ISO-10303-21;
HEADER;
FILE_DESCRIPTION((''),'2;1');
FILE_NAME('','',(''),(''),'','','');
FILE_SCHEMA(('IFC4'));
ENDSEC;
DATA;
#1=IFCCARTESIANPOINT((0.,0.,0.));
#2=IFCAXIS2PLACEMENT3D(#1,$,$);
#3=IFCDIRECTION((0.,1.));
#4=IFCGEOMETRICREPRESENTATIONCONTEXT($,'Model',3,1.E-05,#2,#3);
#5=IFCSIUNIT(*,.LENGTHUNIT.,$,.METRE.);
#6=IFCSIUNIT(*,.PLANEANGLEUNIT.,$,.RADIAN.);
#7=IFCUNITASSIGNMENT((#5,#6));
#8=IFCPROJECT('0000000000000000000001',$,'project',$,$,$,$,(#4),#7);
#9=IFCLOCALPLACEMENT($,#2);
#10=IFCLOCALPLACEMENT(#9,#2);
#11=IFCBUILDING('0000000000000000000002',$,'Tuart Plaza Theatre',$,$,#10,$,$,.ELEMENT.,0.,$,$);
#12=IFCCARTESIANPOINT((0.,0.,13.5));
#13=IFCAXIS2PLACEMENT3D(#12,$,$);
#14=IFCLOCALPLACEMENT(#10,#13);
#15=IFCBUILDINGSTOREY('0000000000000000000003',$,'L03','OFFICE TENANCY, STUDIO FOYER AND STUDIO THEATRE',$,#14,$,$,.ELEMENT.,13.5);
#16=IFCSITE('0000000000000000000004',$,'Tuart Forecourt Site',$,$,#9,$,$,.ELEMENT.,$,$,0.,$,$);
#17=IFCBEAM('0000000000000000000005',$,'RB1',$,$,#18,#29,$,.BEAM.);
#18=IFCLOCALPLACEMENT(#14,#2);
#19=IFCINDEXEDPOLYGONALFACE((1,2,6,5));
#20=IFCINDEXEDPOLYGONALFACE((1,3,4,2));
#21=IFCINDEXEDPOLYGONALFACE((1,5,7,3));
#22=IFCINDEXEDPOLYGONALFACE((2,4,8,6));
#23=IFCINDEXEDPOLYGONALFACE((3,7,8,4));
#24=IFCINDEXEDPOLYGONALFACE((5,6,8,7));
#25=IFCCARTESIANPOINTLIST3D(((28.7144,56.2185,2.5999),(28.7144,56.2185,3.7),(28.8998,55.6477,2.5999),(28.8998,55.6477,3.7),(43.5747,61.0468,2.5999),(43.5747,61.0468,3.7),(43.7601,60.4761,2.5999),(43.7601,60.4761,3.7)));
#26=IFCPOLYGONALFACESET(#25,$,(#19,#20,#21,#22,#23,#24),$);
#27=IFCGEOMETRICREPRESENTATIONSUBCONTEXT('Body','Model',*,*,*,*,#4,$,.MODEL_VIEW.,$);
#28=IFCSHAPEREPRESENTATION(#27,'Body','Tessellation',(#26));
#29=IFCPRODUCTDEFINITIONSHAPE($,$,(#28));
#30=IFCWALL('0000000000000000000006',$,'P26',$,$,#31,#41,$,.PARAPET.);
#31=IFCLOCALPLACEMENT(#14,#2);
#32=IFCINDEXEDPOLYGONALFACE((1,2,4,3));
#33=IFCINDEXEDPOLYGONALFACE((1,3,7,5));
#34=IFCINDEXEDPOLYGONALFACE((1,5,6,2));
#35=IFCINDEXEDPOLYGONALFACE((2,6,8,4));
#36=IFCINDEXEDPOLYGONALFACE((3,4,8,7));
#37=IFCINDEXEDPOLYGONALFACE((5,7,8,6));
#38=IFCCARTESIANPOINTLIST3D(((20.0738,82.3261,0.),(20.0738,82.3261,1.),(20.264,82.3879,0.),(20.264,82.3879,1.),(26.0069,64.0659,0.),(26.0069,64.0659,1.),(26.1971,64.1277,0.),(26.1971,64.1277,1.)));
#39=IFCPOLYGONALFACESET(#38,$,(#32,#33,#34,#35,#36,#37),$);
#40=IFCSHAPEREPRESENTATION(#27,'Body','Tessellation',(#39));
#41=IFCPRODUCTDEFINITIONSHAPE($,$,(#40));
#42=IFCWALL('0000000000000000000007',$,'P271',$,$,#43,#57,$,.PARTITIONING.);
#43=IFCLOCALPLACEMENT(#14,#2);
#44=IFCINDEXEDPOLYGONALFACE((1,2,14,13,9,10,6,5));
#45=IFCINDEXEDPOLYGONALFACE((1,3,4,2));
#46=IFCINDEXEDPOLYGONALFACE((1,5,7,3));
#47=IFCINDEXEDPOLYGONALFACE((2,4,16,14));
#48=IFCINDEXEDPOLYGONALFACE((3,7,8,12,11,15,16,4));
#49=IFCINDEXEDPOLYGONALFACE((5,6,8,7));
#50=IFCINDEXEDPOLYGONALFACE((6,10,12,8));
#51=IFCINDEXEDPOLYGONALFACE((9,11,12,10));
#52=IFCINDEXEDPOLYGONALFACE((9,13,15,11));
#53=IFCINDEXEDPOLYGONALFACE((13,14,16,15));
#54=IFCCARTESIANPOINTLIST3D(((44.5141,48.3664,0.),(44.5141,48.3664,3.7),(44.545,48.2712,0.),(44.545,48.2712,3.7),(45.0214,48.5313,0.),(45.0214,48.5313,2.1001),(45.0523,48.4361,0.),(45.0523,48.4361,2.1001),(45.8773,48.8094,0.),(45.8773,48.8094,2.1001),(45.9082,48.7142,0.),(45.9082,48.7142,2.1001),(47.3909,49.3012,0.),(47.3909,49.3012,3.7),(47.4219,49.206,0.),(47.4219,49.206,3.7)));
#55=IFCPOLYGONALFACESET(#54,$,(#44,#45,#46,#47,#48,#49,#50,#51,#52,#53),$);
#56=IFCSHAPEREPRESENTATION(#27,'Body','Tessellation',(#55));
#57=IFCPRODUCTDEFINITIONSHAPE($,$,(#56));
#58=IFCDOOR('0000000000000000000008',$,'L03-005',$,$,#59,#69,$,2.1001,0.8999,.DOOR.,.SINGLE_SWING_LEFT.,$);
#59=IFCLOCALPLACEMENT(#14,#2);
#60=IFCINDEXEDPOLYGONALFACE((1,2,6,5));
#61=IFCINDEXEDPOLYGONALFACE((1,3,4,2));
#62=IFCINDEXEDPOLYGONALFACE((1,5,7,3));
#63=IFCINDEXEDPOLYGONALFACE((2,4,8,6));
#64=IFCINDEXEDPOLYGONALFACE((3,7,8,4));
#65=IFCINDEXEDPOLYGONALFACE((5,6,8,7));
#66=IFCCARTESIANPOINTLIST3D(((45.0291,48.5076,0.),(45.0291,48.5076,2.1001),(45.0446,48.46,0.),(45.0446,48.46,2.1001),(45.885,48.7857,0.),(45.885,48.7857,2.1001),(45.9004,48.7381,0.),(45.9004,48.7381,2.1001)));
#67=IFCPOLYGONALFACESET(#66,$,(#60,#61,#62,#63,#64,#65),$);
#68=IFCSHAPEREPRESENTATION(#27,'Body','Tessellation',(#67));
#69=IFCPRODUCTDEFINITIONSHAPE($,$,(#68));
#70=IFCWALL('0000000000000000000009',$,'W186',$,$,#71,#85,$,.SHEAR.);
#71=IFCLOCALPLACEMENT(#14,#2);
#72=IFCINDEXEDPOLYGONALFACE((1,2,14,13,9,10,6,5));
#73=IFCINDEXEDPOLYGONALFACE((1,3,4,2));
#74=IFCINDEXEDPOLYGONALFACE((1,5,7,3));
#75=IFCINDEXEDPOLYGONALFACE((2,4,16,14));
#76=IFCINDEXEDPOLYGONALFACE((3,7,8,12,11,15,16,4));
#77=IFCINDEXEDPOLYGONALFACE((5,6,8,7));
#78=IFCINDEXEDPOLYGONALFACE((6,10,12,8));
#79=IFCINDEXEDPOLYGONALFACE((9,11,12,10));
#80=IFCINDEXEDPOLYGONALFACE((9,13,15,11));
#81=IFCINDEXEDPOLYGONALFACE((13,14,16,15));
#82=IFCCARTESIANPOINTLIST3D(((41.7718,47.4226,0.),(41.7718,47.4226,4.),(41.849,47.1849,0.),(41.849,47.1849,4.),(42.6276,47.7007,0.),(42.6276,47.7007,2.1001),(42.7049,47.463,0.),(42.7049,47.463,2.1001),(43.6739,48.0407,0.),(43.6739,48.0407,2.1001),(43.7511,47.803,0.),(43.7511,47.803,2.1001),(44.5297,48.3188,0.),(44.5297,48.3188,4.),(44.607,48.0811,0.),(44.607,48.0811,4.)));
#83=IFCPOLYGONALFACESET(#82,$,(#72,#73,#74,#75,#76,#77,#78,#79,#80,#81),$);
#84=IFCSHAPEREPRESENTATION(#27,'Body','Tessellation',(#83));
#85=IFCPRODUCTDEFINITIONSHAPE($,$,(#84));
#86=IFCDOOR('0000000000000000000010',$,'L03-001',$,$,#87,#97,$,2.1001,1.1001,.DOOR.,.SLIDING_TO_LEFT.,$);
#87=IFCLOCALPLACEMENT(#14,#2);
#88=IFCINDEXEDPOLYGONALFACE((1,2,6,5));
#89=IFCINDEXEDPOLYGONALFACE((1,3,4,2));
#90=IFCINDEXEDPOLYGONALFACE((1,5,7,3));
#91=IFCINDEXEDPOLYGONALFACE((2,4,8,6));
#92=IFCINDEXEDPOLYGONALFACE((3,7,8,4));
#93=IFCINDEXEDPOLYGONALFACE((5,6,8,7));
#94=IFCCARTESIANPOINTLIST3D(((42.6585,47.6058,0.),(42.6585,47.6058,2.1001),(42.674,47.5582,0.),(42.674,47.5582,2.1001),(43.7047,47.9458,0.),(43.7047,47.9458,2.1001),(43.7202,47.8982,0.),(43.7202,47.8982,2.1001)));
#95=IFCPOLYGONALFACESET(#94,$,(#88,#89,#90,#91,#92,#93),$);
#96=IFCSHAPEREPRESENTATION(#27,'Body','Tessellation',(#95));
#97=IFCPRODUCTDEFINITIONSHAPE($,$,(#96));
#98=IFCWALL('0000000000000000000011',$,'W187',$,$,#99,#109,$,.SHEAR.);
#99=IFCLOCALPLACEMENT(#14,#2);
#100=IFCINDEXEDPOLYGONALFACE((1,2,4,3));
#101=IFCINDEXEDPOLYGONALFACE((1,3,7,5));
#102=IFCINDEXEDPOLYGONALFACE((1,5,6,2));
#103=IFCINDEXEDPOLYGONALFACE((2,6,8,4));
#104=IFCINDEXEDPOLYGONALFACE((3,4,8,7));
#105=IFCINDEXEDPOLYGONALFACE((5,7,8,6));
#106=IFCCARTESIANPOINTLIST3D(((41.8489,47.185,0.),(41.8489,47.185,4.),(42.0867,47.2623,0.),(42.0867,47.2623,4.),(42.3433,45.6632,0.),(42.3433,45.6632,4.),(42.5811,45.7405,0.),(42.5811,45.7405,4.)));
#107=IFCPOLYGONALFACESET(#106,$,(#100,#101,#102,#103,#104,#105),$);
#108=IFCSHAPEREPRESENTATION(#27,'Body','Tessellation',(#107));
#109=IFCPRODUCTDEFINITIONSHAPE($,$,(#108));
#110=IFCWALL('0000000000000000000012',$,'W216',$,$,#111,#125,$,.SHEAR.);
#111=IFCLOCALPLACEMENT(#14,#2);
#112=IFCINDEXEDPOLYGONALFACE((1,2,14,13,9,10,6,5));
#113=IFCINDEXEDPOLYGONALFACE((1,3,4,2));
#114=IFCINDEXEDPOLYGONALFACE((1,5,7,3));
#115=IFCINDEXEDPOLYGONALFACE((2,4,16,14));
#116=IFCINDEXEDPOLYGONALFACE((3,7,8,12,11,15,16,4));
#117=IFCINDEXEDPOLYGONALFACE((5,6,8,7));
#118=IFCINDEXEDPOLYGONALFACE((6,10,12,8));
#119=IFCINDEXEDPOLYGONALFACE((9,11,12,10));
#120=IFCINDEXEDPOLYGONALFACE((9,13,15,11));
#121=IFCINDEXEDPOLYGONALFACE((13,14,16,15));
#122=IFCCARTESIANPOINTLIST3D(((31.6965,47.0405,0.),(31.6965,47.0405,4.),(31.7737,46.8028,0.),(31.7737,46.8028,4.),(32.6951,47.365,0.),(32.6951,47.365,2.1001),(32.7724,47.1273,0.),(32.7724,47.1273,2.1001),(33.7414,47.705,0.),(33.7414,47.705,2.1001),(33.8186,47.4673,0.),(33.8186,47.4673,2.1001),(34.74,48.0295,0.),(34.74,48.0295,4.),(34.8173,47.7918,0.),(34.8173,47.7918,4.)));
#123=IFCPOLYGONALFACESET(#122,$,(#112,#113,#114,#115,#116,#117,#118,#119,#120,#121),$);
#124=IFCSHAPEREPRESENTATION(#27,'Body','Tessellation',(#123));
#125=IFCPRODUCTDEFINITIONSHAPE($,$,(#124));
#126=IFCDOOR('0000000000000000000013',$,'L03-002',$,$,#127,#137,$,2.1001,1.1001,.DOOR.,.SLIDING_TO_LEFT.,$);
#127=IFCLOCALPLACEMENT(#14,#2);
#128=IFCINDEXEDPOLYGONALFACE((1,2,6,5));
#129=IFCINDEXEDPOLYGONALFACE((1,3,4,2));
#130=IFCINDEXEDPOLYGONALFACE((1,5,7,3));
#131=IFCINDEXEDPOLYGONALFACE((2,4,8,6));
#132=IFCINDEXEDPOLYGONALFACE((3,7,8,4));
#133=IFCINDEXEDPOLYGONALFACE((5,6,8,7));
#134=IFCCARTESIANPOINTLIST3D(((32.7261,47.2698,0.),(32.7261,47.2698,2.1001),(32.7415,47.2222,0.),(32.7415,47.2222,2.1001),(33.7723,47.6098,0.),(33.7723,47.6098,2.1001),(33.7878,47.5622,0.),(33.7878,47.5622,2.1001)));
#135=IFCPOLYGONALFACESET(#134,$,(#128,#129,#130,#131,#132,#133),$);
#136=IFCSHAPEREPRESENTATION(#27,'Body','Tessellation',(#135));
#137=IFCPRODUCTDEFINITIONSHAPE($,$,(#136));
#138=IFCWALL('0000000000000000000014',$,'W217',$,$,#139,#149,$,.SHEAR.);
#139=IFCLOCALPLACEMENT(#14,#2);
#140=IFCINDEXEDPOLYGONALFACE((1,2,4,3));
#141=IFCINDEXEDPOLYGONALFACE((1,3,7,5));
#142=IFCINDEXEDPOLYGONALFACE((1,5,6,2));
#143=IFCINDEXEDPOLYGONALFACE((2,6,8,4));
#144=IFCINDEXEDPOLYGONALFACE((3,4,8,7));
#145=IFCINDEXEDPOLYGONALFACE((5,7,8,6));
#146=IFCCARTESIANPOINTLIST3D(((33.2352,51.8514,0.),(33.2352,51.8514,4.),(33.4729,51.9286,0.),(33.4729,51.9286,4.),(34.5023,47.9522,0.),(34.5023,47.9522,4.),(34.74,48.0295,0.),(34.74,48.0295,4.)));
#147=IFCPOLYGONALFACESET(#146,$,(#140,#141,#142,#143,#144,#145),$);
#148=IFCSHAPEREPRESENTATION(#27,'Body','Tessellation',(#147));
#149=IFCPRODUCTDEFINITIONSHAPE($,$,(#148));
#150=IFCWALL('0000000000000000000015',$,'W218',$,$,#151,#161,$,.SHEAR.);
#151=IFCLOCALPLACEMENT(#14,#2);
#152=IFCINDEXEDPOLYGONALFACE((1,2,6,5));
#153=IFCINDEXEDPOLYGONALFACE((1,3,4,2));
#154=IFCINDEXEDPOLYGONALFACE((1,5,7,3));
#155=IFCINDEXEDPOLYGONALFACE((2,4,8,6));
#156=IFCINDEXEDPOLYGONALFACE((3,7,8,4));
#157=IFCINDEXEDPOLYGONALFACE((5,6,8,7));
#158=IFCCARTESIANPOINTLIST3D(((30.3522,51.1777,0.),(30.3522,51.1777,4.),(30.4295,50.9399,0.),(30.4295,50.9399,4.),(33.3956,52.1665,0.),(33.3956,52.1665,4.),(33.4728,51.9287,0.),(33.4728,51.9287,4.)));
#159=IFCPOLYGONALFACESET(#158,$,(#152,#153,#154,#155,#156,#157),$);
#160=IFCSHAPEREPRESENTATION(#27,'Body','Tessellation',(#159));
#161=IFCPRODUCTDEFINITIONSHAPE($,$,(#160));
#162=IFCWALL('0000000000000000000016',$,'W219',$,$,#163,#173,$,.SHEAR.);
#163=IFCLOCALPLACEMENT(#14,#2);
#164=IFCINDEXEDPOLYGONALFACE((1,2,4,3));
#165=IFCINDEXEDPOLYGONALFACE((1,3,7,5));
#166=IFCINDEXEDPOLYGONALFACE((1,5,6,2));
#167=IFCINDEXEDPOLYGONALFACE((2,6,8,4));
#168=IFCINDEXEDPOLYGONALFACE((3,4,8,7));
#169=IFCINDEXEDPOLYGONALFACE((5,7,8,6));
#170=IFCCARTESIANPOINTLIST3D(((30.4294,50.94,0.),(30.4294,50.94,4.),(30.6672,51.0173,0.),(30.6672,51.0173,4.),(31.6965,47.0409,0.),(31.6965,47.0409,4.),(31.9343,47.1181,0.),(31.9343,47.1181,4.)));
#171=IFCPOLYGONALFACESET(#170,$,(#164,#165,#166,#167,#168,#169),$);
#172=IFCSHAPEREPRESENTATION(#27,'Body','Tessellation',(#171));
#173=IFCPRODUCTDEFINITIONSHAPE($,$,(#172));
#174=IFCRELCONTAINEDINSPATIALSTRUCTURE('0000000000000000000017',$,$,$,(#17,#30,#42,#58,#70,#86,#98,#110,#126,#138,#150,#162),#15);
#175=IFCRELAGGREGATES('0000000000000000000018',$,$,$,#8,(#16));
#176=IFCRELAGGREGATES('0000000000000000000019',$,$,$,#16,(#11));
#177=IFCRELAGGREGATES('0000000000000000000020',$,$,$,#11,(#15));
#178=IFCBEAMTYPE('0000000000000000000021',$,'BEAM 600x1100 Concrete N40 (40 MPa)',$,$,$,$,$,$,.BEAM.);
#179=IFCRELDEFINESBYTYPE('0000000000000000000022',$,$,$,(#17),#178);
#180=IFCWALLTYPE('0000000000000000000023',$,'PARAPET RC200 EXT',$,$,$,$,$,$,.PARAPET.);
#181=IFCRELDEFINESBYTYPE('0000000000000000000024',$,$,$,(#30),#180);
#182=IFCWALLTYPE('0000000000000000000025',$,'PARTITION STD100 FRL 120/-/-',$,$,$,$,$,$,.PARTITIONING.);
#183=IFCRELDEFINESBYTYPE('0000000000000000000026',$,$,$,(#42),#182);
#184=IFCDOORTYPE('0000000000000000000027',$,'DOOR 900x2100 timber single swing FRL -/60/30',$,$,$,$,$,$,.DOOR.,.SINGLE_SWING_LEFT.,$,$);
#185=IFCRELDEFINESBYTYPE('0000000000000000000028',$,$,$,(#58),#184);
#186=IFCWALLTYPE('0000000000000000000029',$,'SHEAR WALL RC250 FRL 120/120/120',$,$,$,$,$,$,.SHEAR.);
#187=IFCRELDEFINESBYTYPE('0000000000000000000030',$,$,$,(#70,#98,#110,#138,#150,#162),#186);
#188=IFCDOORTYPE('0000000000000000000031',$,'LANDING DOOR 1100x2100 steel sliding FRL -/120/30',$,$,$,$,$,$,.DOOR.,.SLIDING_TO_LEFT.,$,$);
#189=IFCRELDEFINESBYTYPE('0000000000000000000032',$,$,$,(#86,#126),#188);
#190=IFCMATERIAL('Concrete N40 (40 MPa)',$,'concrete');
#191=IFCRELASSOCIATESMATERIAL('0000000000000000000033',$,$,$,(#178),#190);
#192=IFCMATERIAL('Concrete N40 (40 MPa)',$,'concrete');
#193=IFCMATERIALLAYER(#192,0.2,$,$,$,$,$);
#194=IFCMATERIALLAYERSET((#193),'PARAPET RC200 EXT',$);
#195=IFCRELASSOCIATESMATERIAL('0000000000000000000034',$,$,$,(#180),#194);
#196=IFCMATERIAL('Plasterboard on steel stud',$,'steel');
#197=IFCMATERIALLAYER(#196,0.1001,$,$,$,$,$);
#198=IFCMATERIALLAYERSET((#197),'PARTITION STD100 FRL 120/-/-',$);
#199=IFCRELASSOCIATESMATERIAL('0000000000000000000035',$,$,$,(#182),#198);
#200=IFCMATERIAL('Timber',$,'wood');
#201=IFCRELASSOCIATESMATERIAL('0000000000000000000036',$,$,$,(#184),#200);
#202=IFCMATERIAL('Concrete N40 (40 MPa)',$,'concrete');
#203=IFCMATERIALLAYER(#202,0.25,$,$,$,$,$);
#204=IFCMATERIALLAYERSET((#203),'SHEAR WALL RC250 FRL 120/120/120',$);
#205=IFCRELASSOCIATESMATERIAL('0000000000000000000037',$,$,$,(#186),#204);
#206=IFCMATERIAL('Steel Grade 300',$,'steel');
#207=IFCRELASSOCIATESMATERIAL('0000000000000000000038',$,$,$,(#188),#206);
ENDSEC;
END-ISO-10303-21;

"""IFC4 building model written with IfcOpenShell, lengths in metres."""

from ifc_helpers import new_model, si_unit, direction, frame, frame_2d, origin, origin_2d, place, context, subcontext, project, spatial, rectangle, extrude, material, layer, layer_set, material_profile, profile_set, type_object, element, fill, save


model = new_model("IFC4")

# Units and contexts
model_context = context("Model", 3, precision=1e-05, world=origin(), true_north=direction((0.0, 1.0)))
body_context = subcontext(model_context, "Body", "Model", "MODEL_VIEW")
ifc_project = project(units=[si_unit("LENGTHUNIT", "METRE"), si_unit("PLANEANGLEUNIT", "RADIAN")], contexts=[model_context])

# Site, building, storey
site_placement = place(None, origin())
site = spatial("IfcSite", under=ifc_project, at=site_placement, Name="Tuart Forecourt Site", CompositionType="ELEMENT", RefElevation=0.0)
building_placement = place(site_placement, origin())
building = spatial("IfcBuilding", under=site, at=building_placement, Name="Tuart Plaza Theatre", CompositionType="ELEMENT", ElevationOfRefHeight=0.0)
storey_placement = place(building_placement, frame((0.0, 0.0, 13.5)))
storey = spatial("IfcBuildingStorey", under=building, at=storey_placement, Name="L03", Description="OFFICE TENANCY, STUDIO FOYER AND STUDIO THEATRE", CompositionType="ELEMENT", Elevation=13.5)

# Beam
ifc_material_1 = material(Name="Concrete N40 (40 MPa)", Category="concrete")
ifc_material_profile_1 = material_profile(ifc_material_1, rectangle(XDim=0.6001, YDim=1.1001, at=origin_2d()), Name="BEAM 600x1100 Concrete N40 (40 MPa)")
ifc_profile_set_1 = profile_set([ifc_material_profile_1], Name="Concrete N40 (40 MPa)")
beam_type_1 = type_object("IfcBeamType", Name="BEAM 600x1100 Concrete N40 (40 MPa)", PredefinedType="BEAM", material=ifc_profile_set_1)
beam_placement = place(storey_placement, frame((28.8071, 55.9331, 3.1499), z_axis=(0.951057, 0.309014, 0.0), x_axis=(-0.309014, 0.951057, 0.0)))
element("IfcBeam", 1, at=beam_placement, inside=storey, type_object=beam_type_1, Name="RB1", PredefinedType="BEAM", context=body_context, shape_type="SweptSolid", body=[
    extrude(rectangle(XDim=0.6001, YDim=1.1001, at=origin_2d()), origin(), (0.0, 0.0, 1.0), 15.625),
])

# Wall
ifc_material_2 = material(Name="Concrete N40 (40 MPa)", Category="concrete")
ifc_layer_1 = layer(ifc_material_2, 0.2)
ifc_layer_set_1 = layer_set([ifc_layer_1], Name="PARAPET RC200 EXT")
wall_type_1 = type_object("IfcWallType", Name="PARAPET RC200 EXT", PredefinedType="PARAPET", material=ifc_layer_set_1)
wall_1_placement = place(storey_placement, frame((26.1021, 64.0967, 0.0), z_axis=(0.0, 0.0, 1.0), x_axis=(-0.309016, 0.951057, 0.0)))
element("IfcWall", 2, at=wall_1_placement, inside=storey, type_object=wall_type_1, Name="P26", PredefinedType="PARAPET", context=body_context, shape_type="SweptSolid", body=[
    extrude(rectangle(XDim=19.2, YDim=0.2, at=frame_2d((9.6001, 0.0))), origin(), (0.0, 0.0, 1.0), 1.0),
])

# Walls, openings, doors
ifc_material_3 = material(Name="Plasterboard on steel stud", Category="steel")
ifc_layer_2 = layer(ifc_material_3, 0.1001)
ifc_layer_set_2 = layer_set([ifc_layer_2], Name="PARTITION STD100 FRL 120/-/-")
wall_type_2 = type_object("IfcWallType", Name="PARTITION STD100 FRL 120/-/-", PredefinedType="PARTITIONING", material=ifc_layer_set_2)
wall_2_placement = place(storey_placement, frame((44.5295, 48.3188, 0.0), z_axis=(0.0, 0.0, 1.0), x_axis=(0.951053, 0.309028, 0.0)))
wall_2 = element("IfcWall", 3, at=wall_2_placement, inside=storey, type_object=wall_type_2, Name="P271", PredefinedType="PARTITIONING", context=body_context, shape_type="SweptSolid", body=[
    extrude(rectangle(XDim=3.0249, YDim=0.1001, at=frame_2d((1.5125, 0.0))), origin(), (0.0, 0.0, 1.0), 3.7),
])
opening_1_placement = place(wall_2_placement, frame((0.5334, 0.0, 0.0)))
opening_1 = element("IfcOpeningElement", 4, at=opening_1_placement, cuts=wall_2, PredefinedType="OPENING", context=body_context, shape_type="SweptSolid", body=[
    extrude(rectangle(XDim=0.8999, YDim=2.1001, at=frame_2d((0.45, 1.05))), frame((0.0, 0.0601, 0.0), z_axis=(0.0, -1.0, 0.0), x_axis=(1.0, 0.0, 0.0)), (0.0, 0.0, 1.0), 0.1201),
])
ifc_material_4 = material(Name="Timber", Category="wood")
door_type_1 = type_object("IfcDoorType", Name="DOOR 900x2100 timber single swing FRL -/60/30", OperationType="SINGLE_SWING_LEFT", PredefinedType="DOOR", material=ifc_material_4)
door_1_placement = place(opening_1_placement, frame((0.8999, 0.0, 0.0), z_axis=(0.0, 0.0, 1.0), x_axis=(-1.0, 0.0, 0.0)))
door_1 = element("IfcDoor", 5, at=door_1_placement, inside=storey, type_object=door_type_1, Name="L03-005", OperationType="SINGLE_SWING_LEFT", OverallHeight=2.1001, OverallWidth=0.8999, PredefinedType="DOOR", context=body_context, shape_type="SweptSolid", body=[
    extrude(rectangle(XDim=0.8999, YDim=2.1001, at=frame_2d((0.45, 1.05))), frame((0.0, 0.0249, 0.0), z_axis=(0.0, -1.0, 0.0), x_axis=(1.0, 0.0, 0.0)), (0.0, 0.0, 1.0), 0.05),
])
fill(opening_1, door_1)
ifc_material_5 = material(Name="Concrete N40 (40 MPa)", Category="concrete")
ifc_layer_3 = layer(ifc_material_5, 0.25)
ifc_layer_set_3 = layer_set([ifc_layer_3], Name="SHEAR WALL RC250 FRL 120/120/120")
wall_type_3 = type_object("IfcWallType", Name="SHEAR WALL RC250 FRL 120/120/120", PredefinedType="SHEAR", material=ifc_layer_set_3)
wall_3_placement = place(storey_placement, frame((44.5684, 48.2, 0.0), z_axis=(0.0, 0.0, 1.0), x_axis=(-0.951047, -0.309046, 0.0)))
wall_3 = element("IfcWall", 6, at=wall_3_placement, inside=storey, type_object=wall_type_3, Name="W186", PredefinedType="SHEAR", context=body_context, shape_type="SweptSolid", body=[
    extrude(rectangle(XDim=2.8999, YDim=0.25, at=frame_2d((1.45, 0.0))), origin(), (0.0, 0.0, 1.0), 4.0),
])
opening_2_placement = place(wall_3_placement, frame((0.8999, 0.0, 0.0)))
opening_2 = element("IfcOpeningElement", 7, at=opening_2_placement, cuts=wall_3, PredefinedType="OPENING", context=body_context, shape_type="SweptSolid", body=[
    extrude(rectangle(XDim=1.1001, YDim=2.1001, at=frame_2d((0.55, 1.05))), frame((0.0, 0.135, 0.0), z_axis=(0.0, -1.0, 0.0), x_axis=(1.0, 0.0, 0.0)), (0.0, 0.0, 1.0), 0.27),
])
ifc_material_6 = material(Name="Steel Grade 300", Category="steel")
door_type_2 = type_object("IfcDoorType", Name="LANDING DOOR 1100x2100 steel sliding FRL -/120/30", OperationType="SLIDING_TO_LEFT", PredefinedType="DOOR", material=ifc_material_6)
door_2_placement = place(opening_2_placement, origin())
door_2 = element("IfcDoor", 8, at=door_2_placement, inside=storey, type_object=door_type_2, Name="L03-001", OperationType="SLIDING_TO_LEFT", OverallHeight=2.1001, OverallWidth=1.1001, PredefinedType="DOOR", context=body_context, shape_type="SweptSolid", body=[
    extrude(rectangle(XDim=1.1001, YDim=2.1001, at=frame_2d((0.55, 1.05))), frame((0.0, 0.0249, 0.0), z_axis=(0.0, -1.0, 0.0), x_axis=(1.0, 0.0, 0.0)), (0.0, 0.0, 1.0), 0.05),
])
fill(opening_2, door_2)

# Wall
wall_4_placement = place(storey_placement, frame((41.9678, 47.2236, 0.0), z_axis=(0.0, 0.0, 1.0), x_axis=(0.308986, -0.951067, 0.0)))
element("IfcWall", 9, at=wall_4_placement, inside=storey, type_object=wall_type_3, Name="W187", PredefinedType="SHEAR", context=body_context, shape_type="SweptSolid", body=[
    extrude(rectangle(XDim=1.6001, YDim=0.25, at=frame_2d((0.8, 0.0))), origin(), (0.0, 0.0, 1.0), 4.0),
])

# Wall, opening, door
wall_5_placement = place(storey_placement, frame((31.7351, 46.9216, 0.0), z_axis=(0.0, 0.0, 1.0), x_axis=(0.951044, 0.309055, 0.0)))
wall_5 = element("IfcWall", 10, at=wall_5_placement, inside=storey, type_object=wall_type_3, Name="W216", PredefinedType="SHEAR", context=body_context, shape_type="SweptSolid", body=[
    extrude(rectangle(XDim=3.2002, YDim=0.25, at=frame_2d((1.6001, 0.0))), origin(), (0.0, 0.0, 1.0), 4.0),
])
opening_3_placement = place(wall_5_placement, frame((1.05, 0.0, 0.0)))
opening_3 = element("IfcOpeningElement", 11, at=opening_3_placement, cuts=wall_5, PredefinedType="OPENING", context=body_context, shape_type="SweptSolid", body=[
    extrude(rectangle(XDim=1.1001, YDim=2.1001, at=frame_2d((0.55, 1.05))), frame((0.0, 0.135, 0.0), z_axis=(0.0, -1.0, 0.0), x_axis=(1.0, 0.0, 0.0)), (0.0, 0.0, 1.0), 0.27),
])
door_3_placement = place(opening_3_placement, origin())
door_3 = element("IfcDoor", 12, at=door_3_placement, inside=storey, type_object=door_type_2, Name="L03-002", OperationType="SLIDING_TO_LEFT", OverallHeight=2.1001, OverallWidth=1.1001, PredefinedType="DOOR", context=body_context, shape_type="SweptSolid", body=[
    extrude(rectangle(XDim=1.1001, YDim=2.1001, at=frame_2d((0.55, 1.05))), frame((0.0, 0.0249, 0.0), z_axis=(0.0, -1.0, 0.0), x_axis=(1.0, 0.0, 0.0)), (0.0, 0.0, 1.0), 0.05),
])
fill(opening_3, door_3)

# Walls
wall_6_placement = place(storey_placement, frame((34.6211, 47.991, 0.0), z_axis=(0.0, 0.0, 1.0), x_axis=(-0.309055, 0.951044, 0.0)))
element("IfcWall", 13, at=wall_6_placement, inside=storey, type_object=wall_type_3, Name="W217", PredefinedType="SHEAR", context=body_context, shape_type="SweptSolid", body=[
    extrude(rectangle(XDim=4.0999, YDim=0.25, at=frame_2d((2.0498, 0.0))), origin(), (0.0, 0.0, 1.0), 4.0),
])
wall_7_placement = place(storey_placement, frame((33.4343, 52.0476, 0.0), z_axis=(0.0, 0.0, 1.0), x_axis=(-0.951067, -0.308986, 0.0)))
element("IfcWall", 14, at=wall_7_placement, inside=storey, type_object=wall_type_3, Name="W218", PredefinedType="SHEAR", context=body_context, shape_type="SweptSolid", body=[
    extrude(rectangle(XDim=3.2, YDim=0.25, at=frame_2d((1.6001, 0.0))), origin(), (0.0, 0.0, 1.0), 4.0),
])
wall_8_placement = place(storey_placement, frame((30.5483, 50.9785, 0.0), z_axis=(0.0, 0.0, 1.0), x_axis=(0.309055, -0.951044, 0.0)))
element("IfcWall", 15, at=wall_8_placement, inside=storey, type_object=wall_type_3, Name="W219", PredefinedType="SHEAR", context=body_context, shape_type="SweptSolid", body=[
    extrude(rectangle(XDim=4.0999, YDim=0.25, at=frame_2d((2.0498, 0.0))), origin(), (0.0, 0.0, 1.0), 4.0),
])

save(model, "model.ifc")
